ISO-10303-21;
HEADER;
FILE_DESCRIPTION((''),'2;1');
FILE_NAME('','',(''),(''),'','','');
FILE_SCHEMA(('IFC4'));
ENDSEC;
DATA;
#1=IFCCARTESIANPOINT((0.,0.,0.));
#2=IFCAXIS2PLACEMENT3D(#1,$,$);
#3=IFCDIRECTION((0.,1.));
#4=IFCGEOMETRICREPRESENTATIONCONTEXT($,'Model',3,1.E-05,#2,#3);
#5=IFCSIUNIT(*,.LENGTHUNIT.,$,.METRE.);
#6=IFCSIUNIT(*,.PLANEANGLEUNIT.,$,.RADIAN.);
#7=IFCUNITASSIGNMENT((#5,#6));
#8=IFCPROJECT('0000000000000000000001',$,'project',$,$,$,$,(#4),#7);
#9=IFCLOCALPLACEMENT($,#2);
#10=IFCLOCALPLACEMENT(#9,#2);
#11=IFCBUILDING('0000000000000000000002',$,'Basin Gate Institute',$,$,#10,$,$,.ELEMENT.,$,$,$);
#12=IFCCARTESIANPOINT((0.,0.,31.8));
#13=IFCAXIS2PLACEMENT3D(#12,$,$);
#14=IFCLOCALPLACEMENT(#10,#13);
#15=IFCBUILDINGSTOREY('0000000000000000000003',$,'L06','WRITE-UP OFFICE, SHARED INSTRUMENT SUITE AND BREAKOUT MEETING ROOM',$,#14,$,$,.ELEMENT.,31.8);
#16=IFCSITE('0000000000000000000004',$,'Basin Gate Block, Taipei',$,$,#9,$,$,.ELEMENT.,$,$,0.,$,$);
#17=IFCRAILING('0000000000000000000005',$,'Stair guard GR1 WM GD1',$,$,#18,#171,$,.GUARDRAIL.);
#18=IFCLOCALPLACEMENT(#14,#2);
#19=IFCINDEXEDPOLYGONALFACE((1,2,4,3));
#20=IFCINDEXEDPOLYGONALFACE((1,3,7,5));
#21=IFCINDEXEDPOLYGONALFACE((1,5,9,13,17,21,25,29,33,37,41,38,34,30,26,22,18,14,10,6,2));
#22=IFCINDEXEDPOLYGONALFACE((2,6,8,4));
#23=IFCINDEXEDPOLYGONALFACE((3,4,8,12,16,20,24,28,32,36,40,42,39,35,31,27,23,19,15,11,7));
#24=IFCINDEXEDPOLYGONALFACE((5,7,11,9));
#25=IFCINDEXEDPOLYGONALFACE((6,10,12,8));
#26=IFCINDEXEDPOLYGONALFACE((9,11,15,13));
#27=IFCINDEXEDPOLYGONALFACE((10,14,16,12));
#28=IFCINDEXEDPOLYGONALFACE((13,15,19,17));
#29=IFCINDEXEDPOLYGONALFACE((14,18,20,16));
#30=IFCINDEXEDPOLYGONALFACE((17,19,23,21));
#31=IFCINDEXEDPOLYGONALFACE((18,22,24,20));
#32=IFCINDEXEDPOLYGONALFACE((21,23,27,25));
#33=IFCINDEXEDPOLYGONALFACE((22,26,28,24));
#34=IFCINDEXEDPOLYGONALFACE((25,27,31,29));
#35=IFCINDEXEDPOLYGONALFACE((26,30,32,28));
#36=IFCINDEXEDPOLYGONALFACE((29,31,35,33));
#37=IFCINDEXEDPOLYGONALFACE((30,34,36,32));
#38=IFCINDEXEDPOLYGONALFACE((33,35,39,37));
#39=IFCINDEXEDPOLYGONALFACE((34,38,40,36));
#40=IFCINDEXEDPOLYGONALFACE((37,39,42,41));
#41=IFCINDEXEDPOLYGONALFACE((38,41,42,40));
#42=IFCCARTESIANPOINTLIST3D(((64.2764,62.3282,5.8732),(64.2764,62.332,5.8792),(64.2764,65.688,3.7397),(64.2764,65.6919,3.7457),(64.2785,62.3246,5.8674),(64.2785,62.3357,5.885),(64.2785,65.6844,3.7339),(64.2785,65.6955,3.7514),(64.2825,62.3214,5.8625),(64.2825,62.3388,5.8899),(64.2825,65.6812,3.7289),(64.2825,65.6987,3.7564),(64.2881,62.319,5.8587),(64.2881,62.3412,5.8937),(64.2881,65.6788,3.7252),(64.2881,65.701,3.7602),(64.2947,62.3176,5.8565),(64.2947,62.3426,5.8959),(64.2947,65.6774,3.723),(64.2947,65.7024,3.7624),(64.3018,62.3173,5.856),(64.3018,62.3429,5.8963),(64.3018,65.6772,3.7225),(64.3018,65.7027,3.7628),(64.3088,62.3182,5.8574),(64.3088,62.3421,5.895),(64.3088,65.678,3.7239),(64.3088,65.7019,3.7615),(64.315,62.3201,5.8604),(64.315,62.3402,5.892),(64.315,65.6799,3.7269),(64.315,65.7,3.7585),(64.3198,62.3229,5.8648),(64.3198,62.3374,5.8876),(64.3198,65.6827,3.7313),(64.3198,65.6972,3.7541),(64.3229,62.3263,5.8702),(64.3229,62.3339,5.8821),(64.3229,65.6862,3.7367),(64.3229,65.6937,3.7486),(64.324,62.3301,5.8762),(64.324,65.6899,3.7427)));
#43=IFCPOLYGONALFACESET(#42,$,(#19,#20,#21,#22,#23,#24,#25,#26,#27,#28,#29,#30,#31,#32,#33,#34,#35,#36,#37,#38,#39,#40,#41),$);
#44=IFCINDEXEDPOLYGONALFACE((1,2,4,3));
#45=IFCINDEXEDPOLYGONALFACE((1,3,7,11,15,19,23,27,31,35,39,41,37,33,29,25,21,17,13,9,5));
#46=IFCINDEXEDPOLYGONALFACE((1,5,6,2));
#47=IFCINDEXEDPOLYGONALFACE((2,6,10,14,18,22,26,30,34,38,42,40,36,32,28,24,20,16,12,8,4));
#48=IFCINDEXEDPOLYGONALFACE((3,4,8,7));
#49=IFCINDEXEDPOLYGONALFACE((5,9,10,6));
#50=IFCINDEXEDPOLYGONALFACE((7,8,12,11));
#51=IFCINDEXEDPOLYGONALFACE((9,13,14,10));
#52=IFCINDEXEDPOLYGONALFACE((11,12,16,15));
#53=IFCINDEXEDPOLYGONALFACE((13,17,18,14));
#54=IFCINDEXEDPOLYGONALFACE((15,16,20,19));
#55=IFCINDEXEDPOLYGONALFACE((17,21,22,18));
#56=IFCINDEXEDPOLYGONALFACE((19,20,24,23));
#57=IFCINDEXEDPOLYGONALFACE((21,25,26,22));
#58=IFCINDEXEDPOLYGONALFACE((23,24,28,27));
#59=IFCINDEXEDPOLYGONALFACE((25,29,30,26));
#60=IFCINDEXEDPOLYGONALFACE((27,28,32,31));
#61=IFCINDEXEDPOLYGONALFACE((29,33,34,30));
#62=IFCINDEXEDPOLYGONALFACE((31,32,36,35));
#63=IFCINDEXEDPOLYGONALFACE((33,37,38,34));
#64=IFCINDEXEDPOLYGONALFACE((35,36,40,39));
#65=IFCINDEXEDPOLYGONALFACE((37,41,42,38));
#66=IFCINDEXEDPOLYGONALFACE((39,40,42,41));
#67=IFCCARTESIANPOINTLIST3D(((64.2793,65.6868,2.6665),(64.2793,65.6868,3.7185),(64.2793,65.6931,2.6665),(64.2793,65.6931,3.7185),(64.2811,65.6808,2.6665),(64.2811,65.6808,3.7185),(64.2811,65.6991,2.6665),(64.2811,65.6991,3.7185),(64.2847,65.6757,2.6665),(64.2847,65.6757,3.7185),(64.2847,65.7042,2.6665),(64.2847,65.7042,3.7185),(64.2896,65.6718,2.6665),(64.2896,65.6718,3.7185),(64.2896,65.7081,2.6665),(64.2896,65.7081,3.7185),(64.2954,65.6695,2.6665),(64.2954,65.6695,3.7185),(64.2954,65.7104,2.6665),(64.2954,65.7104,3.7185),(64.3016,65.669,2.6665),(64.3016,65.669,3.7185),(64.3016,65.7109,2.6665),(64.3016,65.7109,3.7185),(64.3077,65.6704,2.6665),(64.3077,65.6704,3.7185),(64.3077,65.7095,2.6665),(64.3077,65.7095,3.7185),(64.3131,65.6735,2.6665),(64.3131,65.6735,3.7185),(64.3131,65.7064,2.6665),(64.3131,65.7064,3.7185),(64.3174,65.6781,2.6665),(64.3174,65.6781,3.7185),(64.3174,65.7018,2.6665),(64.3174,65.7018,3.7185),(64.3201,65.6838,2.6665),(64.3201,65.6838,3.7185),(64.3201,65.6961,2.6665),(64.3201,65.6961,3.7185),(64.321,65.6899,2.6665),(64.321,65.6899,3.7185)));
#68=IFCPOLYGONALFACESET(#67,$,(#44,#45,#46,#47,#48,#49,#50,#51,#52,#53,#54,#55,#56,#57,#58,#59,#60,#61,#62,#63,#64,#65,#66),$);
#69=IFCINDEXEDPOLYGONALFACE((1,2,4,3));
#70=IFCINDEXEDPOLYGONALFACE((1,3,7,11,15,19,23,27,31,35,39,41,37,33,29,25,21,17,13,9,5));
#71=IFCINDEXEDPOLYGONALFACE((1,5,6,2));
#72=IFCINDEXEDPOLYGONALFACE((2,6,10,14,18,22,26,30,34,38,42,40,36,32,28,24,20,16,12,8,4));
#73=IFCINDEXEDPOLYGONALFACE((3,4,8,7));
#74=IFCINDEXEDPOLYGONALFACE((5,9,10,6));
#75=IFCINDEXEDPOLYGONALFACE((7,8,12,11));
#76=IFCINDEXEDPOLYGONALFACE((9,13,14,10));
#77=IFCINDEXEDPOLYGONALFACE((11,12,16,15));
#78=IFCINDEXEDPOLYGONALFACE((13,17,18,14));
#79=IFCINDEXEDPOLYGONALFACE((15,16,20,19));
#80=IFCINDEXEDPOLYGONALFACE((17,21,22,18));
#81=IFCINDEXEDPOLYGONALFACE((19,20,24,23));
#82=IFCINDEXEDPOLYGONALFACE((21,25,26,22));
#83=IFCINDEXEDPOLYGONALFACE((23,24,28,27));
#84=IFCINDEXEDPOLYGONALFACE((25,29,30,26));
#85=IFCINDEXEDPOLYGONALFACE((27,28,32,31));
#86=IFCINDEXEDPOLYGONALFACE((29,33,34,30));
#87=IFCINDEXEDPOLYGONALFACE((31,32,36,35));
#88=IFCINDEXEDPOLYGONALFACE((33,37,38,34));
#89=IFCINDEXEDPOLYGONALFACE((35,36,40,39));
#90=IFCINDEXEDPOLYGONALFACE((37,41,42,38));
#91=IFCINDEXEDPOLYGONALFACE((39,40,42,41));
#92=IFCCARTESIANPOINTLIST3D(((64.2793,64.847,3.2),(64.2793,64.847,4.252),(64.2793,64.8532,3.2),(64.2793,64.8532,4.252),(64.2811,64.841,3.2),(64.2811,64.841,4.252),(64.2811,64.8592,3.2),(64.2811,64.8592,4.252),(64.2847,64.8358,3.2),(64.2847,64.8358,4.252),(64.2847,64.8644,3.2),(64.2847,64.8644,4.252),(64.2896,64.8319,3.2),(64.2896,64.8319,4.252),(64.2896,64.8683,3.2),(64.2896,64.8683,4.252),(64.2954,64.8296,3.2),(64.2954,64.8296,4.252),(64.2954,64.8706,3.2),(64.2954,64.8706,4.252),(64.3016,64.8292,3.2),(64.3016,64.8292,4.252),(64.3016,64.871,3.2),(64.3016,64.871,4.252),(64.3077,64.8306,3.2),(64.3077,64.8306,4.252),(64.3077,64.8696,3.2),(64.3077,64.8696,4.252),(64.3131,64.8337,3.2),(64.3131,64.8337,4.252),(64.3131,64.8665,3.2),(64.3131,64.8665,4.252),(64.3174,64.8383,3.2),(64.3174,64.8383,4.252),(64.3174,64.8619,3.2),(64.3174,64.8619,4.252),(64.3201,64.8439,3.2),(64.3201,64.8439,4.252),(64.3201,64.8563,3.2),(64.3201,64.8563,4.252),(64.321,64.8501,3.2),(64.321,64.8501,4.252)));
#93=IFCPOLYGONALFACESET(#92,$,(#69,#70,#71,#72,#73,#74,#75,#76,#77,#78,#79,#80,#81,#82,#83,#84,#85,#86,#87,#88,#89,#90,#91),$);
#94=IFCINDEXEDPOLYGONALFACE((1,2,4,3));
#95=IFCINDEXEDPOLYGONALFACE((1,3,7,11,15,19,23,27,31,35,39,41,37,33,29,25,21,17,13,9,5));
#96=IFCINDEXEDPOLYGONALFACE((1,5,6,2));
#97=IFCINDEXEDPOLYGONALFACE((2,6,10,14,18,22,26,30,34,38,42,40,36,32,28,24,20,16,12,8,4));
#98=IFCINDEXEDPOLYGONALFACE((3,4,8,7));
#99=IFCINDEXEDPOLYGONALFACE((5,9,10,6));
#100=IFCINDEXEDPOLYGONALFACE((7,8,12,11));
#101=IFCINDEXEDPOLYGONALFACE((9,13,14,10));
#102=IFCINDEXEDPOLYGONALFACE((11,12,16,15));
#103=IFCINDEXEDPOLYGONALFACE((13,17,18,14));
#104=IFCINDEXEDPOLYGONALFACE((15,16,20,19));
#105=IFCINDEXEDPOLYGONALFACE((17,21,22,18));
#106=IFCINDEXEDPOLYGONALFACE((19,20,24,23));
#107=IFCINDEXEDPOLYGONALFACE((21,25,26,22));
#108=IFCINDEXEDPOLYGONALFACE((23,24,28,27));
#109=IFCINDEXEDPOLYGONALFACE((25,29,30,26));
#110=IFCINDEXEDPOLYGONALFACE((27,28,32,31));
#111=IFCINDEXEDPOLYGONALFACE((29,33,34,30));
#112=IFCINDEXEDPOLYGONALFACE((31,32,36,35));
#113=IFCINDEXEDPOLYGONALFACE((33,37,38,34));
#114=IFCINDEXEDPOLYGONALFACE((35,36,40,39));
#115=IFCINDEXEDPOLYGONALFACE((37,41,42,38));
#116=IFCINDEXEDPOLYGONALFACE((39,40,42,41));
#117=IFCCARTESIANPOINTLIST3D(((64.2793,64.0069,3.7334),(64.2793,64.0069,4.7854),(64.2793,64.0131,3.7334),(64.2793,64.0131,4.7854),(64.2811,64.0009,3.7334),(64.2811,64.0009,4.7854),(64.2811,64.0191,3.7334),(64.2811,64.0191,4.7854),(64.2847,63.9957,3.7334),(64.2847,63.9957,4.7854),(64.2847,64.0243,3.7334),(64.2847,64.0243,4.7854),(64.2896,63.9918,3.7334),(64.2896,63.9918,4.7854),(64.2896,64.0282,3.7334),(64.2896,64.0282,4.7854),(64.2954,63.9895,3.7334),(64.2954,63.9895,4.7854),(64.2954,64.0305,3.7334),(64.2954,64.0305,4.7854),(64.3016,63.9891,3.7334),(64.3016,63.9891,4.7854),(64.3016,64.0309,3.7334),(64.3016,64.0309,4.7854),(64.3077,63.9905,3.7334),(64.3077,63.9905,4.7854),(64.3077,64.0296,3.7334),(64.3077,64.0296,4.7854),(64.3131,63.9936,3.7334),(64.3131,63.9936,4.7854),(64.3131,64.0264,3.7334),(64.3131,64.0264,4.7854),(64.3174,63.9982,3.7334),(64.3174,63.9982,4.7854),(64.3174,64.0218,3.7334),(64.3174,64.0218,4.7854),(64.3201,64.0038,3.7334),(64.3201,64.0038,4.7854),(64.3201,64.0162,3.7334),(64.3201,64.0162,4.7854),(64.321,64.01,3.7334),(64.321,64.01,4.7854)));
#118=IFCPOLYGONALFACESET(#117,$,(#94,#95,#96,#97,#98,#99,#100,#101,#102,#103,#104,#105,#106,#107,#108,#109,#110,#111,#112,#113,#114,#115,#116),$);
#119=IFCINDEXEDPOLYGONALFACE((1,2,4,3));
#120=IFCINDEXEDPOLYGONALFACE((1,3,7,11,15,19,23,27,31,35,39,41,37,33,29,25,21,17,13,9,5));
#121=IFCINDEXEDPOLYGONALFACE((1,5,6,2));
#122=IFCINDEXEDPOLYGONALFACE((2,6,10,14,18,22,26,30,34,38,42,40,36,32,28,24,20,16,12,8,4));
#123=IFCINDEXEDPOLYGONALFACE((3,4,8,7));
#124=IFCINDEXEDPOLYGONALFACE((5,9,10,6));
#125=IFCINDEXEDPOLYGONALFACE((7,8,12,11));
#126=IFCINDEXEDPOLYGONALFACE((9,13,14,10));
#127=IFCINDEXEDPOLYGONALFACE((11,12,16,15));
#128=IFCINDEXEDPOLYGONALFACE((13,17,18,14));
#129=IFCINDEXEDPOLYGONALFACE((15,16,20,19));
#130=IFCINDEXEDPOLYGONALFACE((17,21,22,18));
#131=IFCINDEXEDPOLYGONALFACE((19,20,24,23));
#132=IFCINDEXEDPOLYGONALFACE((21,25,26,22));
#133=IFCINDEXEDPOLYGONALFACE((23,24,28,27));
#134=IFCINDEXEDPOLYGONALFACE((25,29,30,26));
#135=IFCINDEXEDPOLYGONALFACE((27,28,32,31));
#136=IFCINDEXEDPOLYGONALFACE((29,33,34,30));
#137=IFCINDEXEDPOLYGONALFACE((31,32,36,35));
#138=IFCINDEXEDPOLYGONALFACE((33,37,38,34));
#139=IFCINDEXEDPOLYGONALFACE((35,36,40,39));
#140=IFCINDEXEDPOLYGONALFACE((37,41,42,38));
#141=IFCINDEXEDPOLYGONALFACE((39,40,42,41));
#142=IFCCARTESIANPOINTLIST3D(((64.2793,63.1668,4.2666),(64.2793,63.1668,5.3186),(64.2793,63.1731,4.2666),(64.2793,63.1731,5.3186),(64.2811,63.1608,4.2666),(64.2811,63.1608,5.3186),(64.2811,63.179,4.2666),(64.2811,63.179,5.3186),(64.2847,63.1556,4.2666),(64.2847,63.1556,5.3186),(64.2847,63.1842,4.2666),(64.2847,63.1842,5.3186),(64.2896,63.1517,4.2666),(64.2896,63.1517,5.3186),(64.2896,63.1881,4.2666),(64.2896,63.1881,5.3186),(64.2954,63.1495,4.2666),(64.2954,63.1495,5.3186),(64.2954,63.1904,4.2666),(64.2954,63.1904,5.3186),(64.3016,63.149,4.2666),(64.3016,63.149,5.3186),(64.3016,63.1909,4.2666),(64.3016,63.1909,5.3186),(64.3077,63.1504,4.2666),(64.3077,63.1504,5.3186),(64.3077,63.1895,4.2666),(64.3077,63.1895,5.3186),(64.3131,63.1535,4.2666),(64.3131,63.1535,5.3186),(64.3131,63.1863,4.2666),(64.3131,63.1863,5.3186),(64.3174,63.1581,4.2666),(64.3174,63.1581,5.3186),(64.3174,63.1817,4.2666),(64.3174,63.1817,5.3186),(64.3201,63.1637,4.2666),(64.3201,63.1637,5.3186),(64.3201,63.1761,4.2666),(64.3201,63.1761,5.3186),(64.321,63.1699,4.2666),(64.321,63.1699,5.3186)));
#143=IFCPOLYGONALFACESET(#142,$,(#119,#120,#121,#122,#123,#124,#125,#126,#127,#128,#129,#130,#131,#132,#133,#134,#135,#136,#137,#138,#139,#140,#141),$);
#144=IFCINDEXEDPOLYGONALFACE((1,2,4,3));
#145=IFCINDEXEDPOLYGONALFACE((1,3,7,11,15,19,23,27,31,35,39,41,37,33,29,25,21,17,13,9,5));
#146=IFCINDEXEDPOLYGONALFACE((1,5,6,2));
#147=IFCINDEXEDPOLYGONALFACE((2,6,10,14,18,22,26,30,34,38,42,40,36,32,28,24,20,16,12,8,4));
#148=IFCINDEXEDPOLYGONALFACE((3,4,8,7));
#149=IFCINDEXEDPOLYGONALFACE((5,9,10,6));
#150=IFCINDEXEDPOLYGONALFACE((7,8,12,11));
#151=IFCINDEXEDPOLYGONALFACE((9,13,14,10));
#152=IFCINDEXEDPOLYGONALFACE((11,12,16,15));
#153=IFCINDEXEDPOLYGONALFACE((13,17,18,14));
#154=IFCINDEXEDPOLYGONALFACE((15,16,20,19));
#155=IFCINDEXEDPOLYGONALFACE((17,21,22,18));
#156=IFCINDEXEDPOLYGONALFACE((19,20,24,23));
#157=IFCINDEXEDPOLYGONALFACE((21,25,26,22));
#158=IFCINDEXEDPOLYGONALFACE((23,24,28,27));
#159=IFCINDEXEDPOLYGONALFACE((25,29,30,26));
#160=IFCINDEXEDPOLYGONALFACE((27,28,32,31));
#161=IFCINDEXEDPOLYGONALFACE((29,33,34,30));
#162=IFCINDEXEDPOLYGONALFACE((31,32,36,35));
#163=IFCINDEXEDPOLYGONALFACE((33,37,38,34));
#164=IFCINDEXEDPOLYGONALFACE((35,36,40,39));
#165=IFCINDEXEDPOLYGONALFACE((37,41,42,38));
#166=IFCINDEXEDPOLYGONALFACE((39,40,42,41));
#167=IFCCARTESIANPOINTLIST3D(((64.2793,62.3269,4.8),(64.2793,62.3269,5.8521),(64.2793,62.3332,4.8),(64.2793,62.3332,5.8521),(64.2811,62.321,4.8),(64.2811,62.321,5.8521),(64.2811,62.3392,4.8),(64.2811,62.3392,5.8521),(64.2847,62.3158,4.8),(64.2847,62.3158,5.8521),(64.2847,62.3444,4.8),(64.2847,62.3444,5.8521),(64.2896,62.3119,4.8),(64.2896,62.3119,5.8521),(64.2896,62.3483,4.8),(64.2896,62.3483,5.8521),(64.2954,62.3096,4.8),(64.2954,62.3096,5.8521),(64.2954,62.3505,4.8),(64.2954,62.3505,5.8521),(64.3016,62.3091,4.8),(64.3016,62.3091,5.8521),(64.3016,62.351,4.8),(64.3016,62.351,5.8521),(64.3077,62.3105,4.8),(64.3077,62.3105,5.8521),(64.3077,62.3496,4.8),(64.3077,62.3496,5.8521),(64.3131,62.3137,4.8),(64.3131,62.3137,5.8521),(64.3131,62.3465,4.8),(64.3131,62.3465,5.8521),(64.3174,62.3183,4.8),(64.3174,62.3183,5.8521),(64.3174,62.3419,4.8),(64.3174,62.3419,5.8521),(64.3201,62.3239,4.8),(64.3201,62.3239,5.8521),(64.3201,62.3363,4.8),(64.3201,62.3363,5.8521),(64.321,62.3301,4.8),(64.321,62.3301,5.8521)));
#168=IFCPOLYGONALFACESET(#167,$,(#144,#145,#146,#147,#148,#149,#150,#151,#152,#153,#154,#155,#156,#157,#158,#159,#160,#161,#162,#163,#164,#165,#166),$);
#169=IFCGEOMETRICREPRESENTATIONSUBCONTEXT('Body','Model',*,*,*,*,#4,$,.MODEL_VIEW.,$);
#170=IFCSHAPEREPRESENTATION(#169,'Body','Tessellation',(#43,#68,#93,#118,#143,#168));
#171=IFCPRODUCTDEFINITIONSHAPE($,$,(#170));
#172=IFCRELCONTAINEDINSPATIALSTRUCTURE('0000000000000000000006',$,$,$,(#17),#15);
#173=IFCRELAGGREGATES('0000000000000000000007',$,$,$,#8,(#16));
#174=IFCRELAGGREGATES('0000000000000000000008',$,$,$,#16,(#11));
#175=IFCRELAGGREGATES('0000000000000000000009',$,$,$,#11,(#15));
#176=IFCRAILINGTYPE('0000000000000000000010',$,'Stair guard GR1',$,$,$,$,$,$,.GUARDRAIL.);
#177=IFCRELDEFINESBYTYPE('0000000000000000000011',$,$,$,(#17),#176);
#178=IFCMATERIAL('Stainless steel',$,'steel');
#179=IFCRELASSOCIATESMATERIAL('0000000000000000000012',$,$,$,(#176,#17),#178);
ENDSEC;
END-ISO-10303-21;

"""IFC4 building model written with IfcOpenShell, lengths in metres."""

from ifc_helpers import new_model, si_unit, direction, frame, origin, origin_2d, place, context, subcontext, project, spatial, circle, extrude, material, type_object, element, save


model = new_model("IFC4")

# Units and contexts
model_context = context("Model", 3, precision=1e-05, world=origin(), true_north=direction((0.0, 1.0)))
body_context = subcontext(model_context, "Body", "Model", "MODEL_VIEW")
ifc_project = project(units=[si_unit("LENGTHUNIT", "METRE"), si_unit("PLANEANGLEUNIT", "RADIAN")], contexts=[model_context])

# Site, building, storey
site_placement = place(None, origin())
site = spatial("IfcSite", under=ifc_project, at=site_placement, Name="Basin Gate Block, Taipei", CompositionType="ELEMENT", RefElevation=0.0)
building_placement = place(site_placement, origin())
building = spatial("IfcBuilding", under=site, at=building_placement, Name="Basin Gate Institute", CompositionType="ELEMENT")
storey_placement = place(building_placement, frame((0.0, 0.0, 31.8)))
storey = spatial("IfcBuildingStorey", under=building, at=storey_placement, Name="L06", Description="WRITE-UP OFFICE, SHARED INSTRUMENT SUITE AND BREAKOUT MEETING ROOM", CompositionType="ELEMENT", Elevation=31.8)

# Railing
ifc_material_1 = material(Name="Stainless steel", Category="steel")
railing_type_1 = type_object("IfcRailingType", Name="Stair guard GR1", PredefinedType="GUARDRAIL", material=ifc_material_1)
railing_1_placement = place(storey_placement, frame((64.3, 65.6899, 2.6665)))
element("IfcRailing", 1, at=railing_1_placement, inside=storey, type_object=railing_type_1, material=ifc_material_1, Name="Stair guard GR1 WM GD1", PredefinedType="GUARDRAIL", context=body_context, shape_type="SweptSolid", body=[
    extrude(circle(Radius=0.0239, at=origin_2d()), frame((0.0, 0.0, 1.0762), z_axis=(0.0, -0.844179, 0.536062), x_axis=(1.0, 0.0, 0.0)), (0.0, 0.0, 1.0), 3.98),
    extrude(circle(Radius=0.021, at=origin_2d()), origin(), (0.0, 0.0, 1.0), 1.052),
    extrude(circle(Radius=0.021, at=origin_2d()), frame((0.0, -0.8398, 0.5334)), (0.0, 0.0, 1.0), 1.052),
    extrude(circle(Radius=0.021, at=origin_2d()), frame((0.0, -1.6799, 1.0669)), (0.0, 0.0, 1.0), 1.052),
    extrude(circle(Radius=0.021, at=origin_2d()), frame((0.0, -2.52, 1.6001)), (0.0, 0.0, 1.0), 1.052),
    extrude(circle(Radius=0.021, at=origin_2d()), frame((0.0, -3.3599, 2.1335)), (0.0, 0.0, 1.0), 1.052),
])

save(model, "model.ifc")
